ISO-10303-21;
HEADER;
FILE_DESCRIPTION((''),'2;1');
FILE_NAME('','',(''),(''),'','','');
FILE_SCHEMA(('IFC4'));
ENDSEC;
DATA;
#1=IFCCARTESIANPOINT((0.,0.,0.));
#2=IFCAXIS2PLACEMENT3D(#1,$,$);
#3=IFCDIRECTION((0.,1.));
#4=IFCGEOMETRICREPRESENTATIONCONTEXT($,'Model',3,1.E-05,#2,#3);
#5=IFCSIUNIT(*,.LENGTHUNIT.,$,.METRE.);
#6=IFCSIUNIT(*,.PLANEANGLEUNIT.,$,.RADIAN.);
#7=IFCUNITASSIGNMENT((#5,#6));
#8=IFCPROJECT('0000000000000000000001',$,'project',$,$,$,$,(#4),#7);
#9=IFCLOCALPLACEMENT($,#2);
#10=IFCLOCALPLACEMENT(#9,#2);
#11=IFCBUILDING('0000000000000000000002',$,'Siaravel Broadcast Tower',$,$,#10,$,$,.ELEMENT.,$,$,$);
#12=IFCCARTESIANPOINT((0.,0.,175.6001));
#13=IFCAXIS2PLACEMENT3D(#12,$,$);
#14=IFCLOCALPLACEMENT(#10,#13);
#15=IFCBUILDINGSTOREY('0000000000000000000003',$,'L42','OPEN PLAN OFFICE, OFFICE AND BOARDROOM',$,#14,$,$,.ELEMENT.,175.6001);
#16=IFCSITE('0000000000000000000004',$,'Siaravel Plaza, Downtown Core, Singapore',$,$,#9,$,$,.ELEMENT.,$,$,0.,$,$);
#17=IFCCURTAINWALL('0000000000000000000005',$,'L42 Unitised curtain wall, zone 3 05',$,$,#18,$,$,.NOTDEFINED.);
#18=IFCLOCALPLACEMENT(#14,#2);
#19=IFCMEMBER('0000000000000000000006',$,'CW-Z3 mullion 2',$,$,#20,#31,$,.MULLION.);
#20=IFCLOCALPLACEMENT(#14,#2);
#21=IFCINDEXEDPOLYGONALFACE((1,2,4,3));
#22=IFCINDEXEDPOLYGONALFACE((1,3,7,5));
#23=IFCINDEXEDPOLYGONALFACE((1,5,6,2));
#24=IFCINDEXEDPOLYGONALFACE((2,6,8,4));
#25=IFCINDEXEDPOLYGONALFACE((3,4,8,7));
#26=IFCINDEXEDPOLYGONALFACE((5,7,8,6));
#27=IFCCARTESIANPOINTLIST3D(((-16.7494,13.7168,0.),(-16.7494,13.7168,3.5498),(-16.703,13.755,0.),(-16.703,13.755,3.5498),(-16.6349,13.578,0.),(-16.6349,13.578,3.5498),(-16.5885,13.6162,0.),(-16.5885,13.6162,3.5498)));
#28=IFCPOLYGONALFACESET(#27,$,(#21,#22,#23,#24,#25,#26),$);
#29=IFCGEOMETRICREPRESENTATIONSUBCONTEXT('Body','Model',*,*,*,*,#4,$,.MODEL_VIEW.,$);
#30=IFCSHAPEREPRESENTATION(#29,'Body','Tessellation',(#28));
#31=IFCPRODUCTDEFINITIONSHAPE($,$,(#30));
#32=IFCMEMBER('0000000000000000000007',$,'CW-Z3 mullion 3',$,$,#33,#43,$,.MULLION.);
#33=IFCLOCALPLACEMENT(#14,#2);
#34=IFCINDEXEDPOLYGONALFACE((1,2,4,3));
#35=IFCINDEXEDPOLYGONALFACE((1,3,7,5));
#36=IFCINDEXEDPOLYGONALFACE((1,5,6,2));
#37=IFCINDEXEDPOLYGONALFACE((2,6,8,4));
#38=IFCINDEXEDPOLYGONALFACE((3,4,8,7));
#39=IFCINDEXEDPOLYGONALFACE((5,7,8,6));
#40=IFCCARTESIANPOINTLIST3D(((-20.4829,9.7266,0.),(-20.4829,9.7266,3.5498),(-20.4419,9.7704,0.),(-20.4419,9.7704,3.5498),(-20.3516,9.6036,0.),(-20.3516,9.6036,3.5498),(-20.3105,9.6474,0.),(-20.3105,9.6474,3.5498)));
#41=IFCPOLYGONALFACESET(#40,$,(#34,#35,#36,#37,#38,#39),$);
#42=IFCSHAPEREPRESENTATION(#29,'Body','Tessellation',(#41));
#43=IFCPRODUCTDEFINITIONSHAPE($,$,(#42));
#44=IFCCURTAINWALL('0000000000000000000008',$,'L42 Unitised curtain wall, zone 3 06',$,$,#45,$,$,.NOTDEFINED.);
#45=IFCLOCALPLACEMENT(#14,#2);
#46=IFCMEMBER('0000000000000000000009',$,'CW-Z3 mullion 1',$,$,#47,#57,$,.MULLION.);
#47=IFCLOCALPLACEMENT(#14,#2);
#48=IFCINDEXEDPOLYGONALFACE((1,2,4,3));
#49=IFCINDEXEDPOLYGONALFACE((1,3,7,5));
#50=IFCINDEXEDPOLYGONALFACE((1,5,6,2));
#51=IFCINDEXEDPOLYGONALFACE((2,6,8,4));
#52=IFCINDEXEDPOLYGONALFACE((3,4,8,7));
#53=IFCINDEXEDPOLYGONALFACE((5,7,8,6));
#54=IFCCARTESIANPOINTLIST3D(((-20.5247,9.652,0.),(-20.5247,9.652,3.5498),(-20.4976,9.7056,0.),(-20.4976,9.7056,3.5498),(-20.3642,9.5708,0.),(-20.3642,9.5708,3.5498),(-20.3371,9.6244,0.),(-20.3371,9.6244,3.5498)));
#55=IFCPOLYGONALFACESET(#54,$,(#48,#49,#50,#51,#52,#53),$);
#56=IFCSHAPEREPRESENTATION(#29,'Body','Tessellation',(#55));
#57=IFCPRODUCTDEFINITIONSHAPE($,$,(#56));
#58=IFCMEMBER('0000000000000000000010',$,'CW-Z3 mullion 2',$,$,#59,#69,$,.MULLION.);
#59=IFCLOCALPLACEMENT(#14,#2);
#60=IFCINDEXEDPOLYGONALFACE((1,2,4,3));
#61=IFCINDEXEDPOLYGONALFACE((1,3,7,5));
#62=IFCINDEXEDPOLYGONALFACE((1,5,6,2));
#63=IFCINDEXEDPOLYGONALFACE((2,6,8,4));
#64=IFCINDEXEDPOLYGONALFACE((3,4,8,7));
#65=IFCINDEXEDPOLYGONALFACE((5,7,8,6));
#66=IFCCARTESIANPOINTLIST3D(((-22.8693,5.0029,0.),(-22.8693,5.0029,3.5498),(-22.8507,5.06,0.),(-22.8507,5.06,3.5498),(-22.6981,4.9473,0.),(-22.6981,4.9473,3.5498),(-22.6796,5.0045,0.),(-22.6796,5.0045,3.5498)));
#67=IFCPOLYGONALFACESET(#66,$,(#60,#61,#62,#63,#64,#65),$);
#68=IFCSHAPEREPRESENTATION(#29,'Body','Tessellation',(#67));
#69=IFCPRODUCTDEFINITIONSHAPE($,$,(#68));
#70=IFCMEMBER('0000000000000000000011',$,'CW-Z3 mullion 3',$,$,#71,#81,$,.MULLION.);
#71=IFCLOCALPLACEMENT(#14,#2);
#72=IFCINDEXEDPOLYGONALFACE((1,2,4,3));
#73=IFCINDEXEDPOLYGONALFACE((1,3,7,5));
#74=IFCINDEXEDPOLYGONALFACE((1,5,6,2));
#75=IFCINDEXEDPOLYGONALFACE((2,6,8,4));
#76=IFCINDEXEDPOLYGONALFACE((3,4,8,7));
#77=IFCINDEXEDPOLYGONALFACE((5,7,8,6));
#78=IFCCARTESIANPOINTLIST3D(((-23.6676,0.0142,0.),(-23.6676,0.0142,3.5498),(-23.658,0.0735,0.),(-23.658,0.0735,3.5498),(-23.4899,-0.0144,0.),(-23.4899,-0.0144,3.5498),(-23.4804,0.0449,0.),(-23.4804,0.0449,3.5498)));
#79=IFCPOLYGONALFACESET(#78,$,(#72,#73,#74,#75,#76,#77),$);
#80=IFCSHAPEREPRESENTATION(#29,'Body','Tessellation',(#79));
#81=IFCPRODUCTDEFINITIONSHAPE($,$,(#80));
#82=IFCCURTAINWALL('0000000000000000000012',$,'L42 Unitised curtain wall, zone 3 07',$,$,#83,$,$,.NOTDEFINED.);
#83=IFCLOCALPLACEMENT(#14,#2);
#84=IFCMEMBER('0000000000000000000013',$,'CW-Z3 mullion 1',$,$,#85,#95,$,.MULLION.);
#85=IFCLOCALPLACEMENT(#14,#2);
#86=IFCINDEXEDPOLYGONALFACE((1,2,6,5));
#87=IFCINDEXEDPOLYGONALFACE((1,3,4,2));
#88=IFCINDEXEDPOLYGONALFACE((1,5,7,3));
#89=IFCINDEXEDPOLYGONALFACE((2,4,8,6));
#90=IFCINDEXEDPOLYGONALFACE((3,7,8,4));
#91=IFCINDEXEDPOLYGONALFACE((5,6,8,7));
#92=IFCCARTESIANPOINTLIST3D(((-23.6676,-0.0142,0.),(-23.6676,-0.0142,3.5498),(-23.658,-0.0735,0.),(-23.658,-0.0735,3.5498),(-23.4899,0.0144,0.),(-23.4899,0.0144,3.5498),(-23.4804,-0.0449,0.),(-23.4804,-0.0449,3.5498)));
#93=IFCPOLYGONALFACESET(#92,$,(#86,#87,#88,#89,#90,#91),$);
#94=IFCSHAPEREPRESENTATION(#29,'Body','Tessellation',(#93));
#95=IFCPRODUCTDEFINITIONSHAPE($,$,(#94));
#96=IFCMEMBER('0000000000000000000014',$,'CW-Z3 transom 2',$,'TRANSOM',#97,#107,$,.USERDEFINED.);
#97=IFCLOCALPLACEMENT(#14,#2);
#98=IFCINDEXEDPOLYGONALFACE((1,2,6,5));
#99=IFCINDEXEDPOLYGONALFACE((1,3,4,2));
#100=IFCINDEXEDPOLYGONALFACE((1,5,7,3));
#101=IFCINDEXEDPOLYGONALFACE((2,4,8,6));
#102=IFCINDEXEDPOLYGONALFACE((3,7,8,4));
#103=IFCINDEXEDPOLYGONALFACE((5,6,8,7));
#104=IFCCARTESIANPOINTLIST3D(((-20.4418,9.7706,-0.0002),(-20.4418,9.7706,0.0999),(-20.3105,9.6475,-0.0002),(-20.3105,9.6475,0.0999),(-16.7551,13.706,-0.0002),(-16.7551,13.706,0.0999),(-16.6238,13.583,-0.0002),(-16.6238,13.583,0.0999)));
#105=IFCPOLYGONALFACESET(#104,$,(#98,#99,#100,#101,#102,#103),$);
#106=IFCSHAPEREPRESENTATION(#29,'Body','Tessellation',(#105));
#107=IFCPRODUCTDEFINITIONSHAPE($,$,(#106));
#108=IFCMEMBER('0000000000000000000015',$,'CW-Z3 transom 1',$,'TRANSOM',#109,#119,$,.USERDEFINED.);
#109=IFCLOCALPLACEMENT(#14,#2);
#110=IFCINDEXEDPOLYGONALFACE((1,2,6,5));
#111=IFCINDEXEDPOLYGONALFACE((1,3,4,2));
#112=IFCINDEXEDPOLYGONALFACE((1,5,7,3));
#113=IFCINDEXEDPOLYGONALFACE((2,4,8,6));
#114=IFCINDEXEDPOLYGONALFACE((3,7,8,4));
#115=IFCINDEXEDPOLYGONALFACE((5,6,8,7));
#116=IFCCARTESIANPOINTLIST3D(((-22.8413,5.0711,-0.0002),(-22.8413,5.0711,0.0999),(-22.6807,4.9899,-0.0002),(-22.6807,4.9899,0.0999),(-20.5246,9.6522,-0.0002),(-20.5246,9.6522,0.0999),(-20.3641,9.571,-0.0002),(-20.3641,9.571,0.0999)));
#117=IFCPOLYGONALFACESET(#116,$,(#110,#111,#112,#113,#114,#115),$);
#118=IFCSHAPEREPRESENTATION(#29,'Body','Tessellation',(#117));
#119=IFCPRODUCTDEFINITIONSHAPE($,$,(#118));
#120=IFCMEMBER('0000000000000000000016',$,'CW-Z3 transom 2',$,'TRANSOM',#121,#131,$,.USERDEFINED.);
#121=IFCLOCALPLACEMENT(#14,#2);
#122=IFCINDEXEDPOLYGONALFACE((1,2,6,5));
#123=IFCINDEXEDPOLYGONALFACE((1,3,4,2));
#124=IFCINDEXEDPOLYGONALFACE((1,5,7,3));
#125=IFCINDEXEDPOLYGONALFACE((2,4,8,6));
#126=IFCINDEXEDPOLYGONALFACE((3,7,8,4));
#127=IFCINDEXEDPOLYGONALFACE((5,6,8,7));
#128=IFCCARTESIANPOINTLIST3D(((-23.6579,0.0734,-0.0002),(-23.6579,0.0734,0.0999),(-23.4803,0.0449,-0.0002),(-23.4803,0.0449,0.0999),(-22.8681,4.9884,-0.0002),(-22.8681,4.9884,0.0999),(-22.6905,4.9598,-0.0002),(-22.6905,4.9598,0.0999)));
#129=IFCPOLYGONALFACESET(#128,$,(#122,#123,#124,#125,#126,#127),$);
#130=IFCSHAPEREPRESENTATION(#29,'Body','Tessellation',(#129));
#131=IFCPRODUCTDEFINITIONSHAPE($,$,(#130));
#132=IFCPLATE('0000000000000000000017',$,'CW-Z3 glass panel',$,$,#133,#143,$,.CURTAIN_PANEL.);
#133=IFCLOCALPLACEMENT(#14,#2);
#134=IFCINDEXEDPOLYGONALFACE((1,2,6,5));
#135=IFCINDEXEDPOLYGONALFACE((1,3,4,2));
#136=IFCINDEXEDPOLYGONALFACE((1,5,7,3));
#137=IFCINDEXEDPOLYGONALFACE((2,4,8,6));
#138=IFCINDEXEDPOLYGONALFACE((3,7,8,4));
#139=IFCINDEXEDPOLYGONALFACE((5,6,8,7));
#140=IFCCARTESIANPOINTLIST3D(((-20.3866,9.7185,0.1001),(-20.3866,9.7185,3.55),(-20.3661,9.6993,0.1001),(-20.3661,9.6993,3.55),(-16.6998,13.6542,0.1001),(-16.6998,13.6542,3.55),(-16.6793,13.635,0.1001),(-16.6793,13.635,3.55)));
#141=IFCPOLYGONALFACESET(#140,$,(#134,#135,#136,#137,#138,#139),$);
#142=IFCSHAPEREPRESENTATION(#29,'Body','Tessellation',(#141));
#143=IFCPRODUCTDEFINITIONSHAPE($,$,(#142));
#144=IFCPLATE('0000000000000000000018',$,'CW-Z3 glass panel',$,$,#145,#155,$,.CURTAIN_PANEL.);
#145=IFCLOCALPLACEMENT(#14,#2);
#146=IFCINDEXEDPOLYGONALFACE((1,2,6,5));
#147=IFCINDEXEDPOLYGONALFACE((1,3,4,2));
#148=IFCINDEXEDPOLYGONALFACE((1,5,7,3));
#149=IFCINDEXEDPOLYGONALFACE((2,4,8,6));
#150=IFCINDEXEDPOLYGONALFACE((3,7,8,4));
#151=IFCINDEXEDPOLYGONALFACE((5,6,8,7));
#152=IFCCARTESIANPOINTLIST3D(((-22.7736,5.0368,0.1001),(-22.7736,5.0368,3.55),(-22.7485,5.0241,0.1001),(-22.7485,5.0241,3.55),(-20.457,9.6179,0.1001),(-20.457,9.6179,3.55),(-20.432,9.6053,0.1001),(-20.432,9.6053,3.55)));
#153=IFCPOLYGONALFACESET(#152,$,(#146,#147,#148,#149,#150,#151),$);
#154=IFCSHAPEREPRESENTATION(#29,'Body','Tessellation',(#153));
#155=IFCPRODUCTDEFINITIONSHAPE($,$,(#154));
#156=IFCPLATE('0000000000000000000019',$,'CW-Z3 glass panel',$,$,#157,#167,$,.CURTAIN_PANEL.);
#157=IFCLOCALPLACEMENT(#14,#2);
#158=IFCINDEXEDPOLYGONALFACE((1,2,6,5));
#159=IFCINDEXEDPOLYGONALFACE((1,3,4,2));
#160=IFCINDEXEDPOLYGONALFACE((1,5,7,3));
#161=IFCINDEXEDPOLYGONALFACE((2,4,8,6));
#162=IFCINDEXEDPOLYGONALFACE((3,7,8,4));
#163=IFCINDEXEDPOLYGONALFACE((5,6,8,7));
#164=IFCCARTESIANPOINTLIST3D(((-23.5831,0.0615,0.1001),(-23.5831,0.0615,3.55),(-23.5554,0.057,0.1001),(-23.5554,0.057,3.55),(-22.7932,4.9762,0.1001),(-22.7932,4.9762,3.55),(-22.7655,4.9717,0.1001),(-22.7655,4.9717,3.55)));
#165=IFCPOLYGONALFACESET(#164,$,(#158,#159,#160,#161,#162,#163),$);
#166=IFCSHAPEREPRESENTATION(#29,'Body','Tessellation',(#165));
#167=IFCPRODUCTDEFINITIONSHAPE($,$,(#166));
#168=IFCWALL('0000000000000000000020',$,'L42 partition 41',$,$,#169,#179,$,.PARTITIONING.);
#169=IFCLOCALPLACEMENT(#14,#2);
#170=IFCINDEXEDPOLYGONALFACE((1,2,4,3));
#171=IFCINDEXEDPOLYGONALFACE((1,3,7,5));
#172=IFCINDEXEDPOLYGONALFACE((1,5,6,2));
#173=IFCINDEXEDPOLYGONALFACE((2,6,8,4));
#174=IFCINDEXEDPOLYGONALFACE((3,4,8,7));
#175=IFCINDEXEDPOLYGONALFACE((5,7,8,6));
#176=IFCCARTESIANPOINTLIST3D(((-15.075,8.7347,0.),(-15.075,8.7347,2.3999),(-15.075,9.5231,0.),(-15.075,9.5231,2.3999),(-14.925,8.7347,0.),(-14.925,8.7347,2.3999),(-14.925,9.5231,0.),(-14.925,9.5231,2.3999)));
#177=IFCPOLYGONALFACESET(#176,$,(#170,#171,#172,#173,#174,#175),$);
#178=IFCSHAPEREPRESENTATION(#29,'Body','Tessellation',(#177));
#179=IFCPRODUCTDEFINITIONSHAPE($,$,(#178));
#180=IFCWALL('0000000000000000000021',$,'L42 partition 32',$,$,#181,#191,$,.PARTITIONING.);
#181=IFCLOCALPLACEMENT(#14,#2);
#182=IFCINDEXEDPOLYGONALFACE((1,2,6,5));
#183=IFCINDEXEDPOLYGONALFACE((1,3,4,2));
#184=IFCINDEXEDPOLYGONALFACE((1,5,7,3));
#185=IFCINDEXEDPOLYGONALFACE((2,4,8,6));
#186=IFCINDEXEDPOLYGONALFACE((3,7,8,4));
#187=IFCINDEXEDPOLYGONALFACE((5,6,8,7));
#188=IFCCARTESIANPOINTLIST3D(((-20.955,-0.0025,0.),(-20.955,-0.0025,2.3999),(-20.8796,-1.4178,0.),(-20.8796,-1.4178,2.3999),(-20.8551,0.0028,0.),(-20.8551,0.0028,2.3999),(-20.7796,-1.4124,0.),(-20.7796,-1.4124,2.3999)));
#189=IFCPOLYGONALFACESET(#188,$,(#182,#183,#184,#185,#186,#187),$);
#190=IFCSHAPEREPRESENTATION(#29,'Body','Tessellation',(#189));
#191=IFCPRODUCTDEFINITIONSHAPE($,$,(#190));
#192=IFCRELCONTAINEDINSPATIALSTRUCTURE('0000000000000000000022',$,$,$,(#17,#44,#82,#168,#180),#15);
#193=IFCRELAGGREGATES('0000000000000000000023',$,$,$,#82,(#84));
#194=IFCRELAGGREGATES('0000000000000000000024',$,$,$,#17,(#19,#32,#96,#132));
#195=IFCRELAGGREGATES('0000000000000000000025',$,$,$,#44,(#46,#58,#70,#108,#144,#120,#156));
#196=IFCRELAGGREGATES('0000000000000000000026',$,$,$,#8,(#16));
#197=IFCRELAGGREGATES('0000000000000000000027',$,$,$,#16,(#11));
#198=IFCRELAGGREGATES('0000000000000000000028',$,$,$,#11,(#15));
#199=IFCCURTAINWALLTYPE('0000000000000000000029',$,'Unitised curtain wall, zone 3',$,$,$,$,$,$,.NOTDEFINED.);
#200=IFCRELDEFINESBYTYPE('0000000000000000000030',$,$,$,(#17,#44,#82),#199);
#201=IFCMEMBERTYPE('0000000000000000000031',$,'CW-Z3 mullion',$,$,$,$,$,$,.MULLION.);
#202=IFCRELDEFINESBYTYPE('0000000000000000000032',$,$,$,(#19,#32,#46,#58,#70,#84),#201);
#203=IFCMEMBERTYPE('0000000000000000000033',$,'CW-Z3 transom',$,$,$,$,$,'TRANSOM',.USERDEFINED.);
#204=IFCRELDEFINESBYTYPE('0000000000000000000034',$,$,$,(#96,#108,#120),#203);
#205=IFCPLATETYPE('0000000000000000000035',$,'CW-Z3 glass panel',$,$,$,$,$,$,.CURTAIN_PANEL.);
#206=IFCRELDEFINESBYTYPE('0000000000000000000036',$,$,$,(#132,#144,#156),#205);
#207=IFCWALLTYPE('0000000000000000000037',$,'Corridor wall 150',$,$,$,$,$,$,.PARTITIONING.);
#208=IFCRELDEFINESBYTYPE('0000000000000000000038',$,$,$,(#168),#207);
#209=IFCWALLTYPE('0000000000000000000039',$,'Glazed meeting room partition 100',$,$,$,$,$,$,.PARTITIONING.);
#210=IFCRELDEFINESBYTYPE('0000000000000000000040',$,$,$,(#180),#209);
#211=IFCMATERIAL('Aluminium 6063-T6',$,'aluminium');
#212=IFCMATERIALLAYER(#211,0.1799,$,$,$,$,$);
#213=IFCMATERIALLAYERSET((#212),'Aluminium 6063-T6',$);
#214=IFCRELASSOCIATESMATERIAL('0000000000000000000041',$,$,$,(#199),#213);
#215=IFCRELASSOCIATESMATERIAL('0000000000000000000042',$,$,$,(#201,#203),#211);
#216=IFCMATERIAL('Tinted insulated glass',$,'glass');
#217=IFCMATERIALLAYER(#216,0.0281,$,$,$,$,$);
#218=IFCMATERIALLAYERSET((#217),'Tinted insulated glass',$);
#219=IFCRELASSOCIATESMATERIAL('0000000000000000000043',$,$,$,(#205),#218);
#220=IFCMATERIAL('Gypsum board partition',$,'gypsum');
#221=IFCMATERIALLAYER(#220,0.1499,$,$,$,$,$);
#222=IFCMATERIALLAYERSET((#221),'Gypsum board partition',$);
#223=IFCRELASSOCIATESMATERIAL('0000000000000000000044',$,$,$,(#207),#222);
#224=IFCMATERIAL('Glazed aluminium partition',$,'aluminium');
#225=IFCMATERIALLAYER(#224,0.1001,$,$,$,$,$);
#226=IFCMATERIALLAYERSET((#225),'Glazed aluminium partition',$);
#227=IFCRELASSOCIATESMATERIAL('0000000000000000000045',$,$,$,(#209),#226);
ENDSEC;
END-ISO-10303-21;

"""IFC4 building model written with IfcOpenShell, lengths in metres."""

from ifc_helpers import new_model, si_unit, direction, frame, frame_2d, origin, origin_2d, place, context, subcontext, project, spatial, rectangle, extrude, material, layer, layer_set, material_profile, profile_set, type_object, element, aggregate, save


model = new_model("IFC4")

# Units and contexts
model_context = context("Model", 3, precision=1e-05, world=origin(), true_north=direction((0.0, 1.0)))
body_context = subcontext(model_context, "Body", "Model", "MODEL_VIEW")
ifc_project = project(units=[si_unit("LENGTHUNIT", "METRE"), si_unit("PLANEANGLEUNIT", "RADIAN")], contexts=[model_context])

# Site, building, storey
site_placement = place(None, origin())
site = spatial("IfcSite", under=ifc_project, at=site_placement, Name="Siaravel Plaza, Downtown Core, Singapore", CompositionType="ELEMENT", RefElevation=0.0)
building_placement = place(site_placement, origin())
building = spatial("IfcBuilding", under=site, at=building_placement, Name="Siaravel Broadcast Tower", CompositionType="ELEMENT")
storey_placement = place(building_placement, frame((0.0, 0.0, 175.6001)))
storey = spatial("IfcBuildingStorey", under=building, at=storey_placement, Name="L42", Description="OPEN PLAN OFFICE, OFFICE AND BOARDROOM", CompositionType="ELEMENT", Elevation=175.6001)

# Curtain walls, members
ifc_material_1 = material(Name="Aluminium 6063-T6", Category="aluminium")
ifc_layer_1 = layer(ifc_material_1, 0.1799)
ifc_layer_set_1 = layer_set([ifc_layer_1], Name="Aluminium 6063-T6")
curtain_wall_type = type_object("IfcCurtainWallType", Name="Unitised curtain wall, zone 3", PredefinedType="NOTDEFINED", material=ifc_layer_set_1)
curtain_wall_1_placement = place(storey_placement, origin())
curtain_wall_1 = element("IfcCurtainWall", 1, at=curtain_wall_1_placement, inside=storey, type_object=curtain_wall_type, Name="L42 Unitised curtain wall, zone 3 05", PredefinedType="NOTDEFINED")
ifc_material_profile_1 = material_profile(ifc_material_1, rectangle(XDim=0.1799, YDim=0.0601, at=origin_2d()))
ifc_profile_set_1 = profile_set([ifc_material_profile_1], Name="Aluminium 6063-T6")
member_type_1 = type_object("IfcMemberType", Name="CW-Z3 mullion", PredefinedType="MULLION", material=ifc_profile_set_1)
member_1_placement = place(storey_placement, frame((-16.6689, 13.6665, 0.0), z_axis=(0.0, 0.0, 1.0), x_axis=(0.636218, -0.771509, 0.0)))
member_1 = element("IfcMember", 2, at=member_1_placement, type_object=member_type_1, Name="CW-Z3 mullion 2", PredefinedType="MULLION", context=body_context, shape_type="SweptSolid", body=[
    extrude(rectangle(XDim=0.1799, YDim=0.0601, at=origin_2d()), origin(), (0.0, 0.0, 1.0), 3.5498),
])
member_2_placement = place(storey_placement, frame((-20.3967, 9.687, 0.0), z_axis=(0.0, 0.0, 1.0), x_axis=(0.729805, -0.683655, 0.0)))
member_2 = element("IfcMember", 3, at=member_2_placement, type_object=member_type_1, Name="CW-Z3 mullion 3", PredefinedType="MULLION", context=body_context, shape_type="SweptSolid", body=[
    extrude(rectangle(XDim=0.1799, YDim=0.0601, at=origin_2d()), origin(), (0.0, 0.0, 1.0), 3.5498),
])
curtain_wall_2_placement = place(storey_placement, origin())
curtain_wall_2 = element("IfcCurtainWall", 4, at=curtain_wall_2_placement, inside=storey, type_object=curtain_wall_type, Name="L42 Unitised curtain wall, zone 3 06", PredefinedType="NOTDEFINED")
member_3_placement = place(storey_placement, frame((-20.4309, 9.6382, 0.0), z_axis=(0.0, 0.0, 1.0), x_axis=(0.892392, -0.451261, 0.0)))
member_3 = element("IfcMember", 5, at=member_3_placement, type_object=member_type_1, Name="CW-Z3 mullion 1", PredefinedType="MULLION", context=body_context, shape_type="SweptSolid", body=[
    extrude(rectangle(XDim=0.1799, YDim=0.0601, at=origin_2d()), origin(), (0.0, 0.0, 1.0), 3.5498),
])
member_4_placement = place(storey_placement, frame((-22.7744, 5.0037, 0.0), z_axis=(0.0, 0.0, 1.0), x_axis=(0.951177, -0.308646, 0.0)))
member_4 = element("IfcMember", 6, at=member_4_placement, type_object=member_type_1, Name="CW-Z3 mullion 2", PredefinedType="MULLION", context=body_context, shape_type="SweptSolid", body=[
    extrude(rectangle(XDim=0.1799, YDim=0.0601, at=origin_2d()), origin(), (0.0, 0.0, 1.0), 3.5498),
])
member_5_placement = place(storey_placement, frame((-23.574, 0.0295, 0.0), z_axis=(0.0, 0.0, 1.0), x_axis=(0.987329, -0.158686, 0.0)))
member_5 = element("IfcMember", 7, at=member_5_placement, type_object=member_type_1, Name="CW-Z3 mullion 3", PredefinedType="MULLION", context=body_context, shape_type="SweptSolid", body=[
    extrude(rectangle(XDim=0.1799, YDim=0.0601, at=origin_2d()), origin(), (0.0, 0.0, 1.0), 3.5498),
])

# Curtain wall, member
curtain_wall_3_placement = place(storey_placement, origin())
curtain_wall_3 = element("IfcCurtainWall", 8, at=curtain_wall_3_placement, inside=storey, type_object=curtain_wall_type, Name="L42 Unitised curtain wall, zone 3 07", PredefinedType="NOTDEFINED")
member_6_placement = place(storey_placement, frame((-23.574, -0.0295, 0.0), z_axis=(0.0, 0.0, 1.0), x_axis=(0.987329, 0.158686, 0.0)))
member_6 = element("IfcMember", 9, at=member_6_placement, type_object=member_type_1, Name="CW-Z3 mullion 1", PredefinedType="MULLION", context=body_context, shape_type="SweptSolid", body=[
    extrude(rectangle(XDim=0.1799, YDim=0.0601, at=origin_2d()), origin(), (0.0, 0.0, 1.0), 3.5498),
])
aggregate(curtain_wall_3, [member_6])

# Members
ifc_material_profile_2 = material_profile(ifc_material_1, rectangle(XDim=0.1799, YDim=0.1001, at=origin_2d()))
ifc_profile_set_2 = profile_set([ifc_material_profile_2], Name="Aluminium 6063-T6")
member_type_2 = type_object("IfcMemberType", Name="CW-Z3 transom", ElementType="TRANSOM", PredefinedType="USERDEFINED", material=ifc_profile_set_2)
member_7_placement = place(storey_placement, frame((-16.6895, 13.6445, 0.0498), z_axis=(-0.683664, -0.729797, 0.0), x_axis=(0.729797, -0.683664, 0.0)))
member_7 = element("IfcMember", 10, at=member_7_placement, type_object=member_type_2, Name="CW-Z3 transom 2", ObjectType="TRANSOM", PredefinedType="USERDEFINED", context=body_context, shape_type="SweptSolid", body=[
    extrude(rectangle(XDim=0.1799, YDim=0.1001, at=origin_2d()), origin(), (0.0, 0.0, 1.0), 5.3926),
])
member_8_placement = place(storey_placement, frame((-20.4443, 9.6116, 0.0498), z_axis=(-0.45128, -0.892382, 0.0), x_axis=(0.892382, -0.45128, 0.0)))
member_8 = element("IfcMember", 11, at=member_8_placement, type_object=member_type_2, Name="CW-Z3 transom 1", ObjectType="TRANSOM", PredefinedType="USERDEFINED", context=body_context, shape_type="SweptSolid", body=[
    extrude(rectangle(XDim=0.1799, YDim=0.1001, at=origin_2d()), origin(), (0.0, 0.0, 1.0), 5.1335),
])
member_9_placement = place(storey_placement, frame((-22.7793, 4.9741, 0.0498), z_axis=(-0.158654, -0.987334, 0.0), x_axis=(0.987334, -0.158654, 0.0)))
member_9 = element("IfcMember", 12, at=member_9_placement, type_object=member_type_2, Name="CW-Z3 transom 2", ObjectType="TRANSOM", PredefinedType="USERDEFINED", context=body_context, shape_type="SweptSolid", body=[
    extrude(rectangle(XDim=0.1799, YDim=0.1001, at=origin_2d()), origin(), (0.0, 0.0, 1.0), 4.978),
])

# Plates
ifc_material_2 = material(Name="Tinted insulated glass", Category="glass")
ifc_layer_2 = layer(ifc_material_2, 0.0281)
ifc_layer_set_2 = layer_set([ifc_layer_2], Name="Tinted insulated glass")
plate_type = type_object("IfcPlateType", Name="CW-Z3 glass panel", PredefinedType="CURTAIN_PANEL", material=ifc_layer_set_2)
plate_1_placement = place(storey_placement, frame((-18.533, 11.6768, 0.1001), z_axis=(0.0, 0.0, 1.0), x_axis=(-0.683655, -0.729805, 0.0)))
plate_1 = element("IfcPlate", 13, at=plate_1_placement, type_object=plate_type, Name="CW-Z3 glass panel", PredefinedType="CURTAIN_PANEL", context=body_context, shape_type="SweptSolid", body=[
    extrude(rectangle(XDim=5.3928, YDim=0.0281, at=origin_2d()), origin(), (0.0, 0.0, 1.0), 3.45),
])
aggregate(curtain_wall_1, [member_1, member_2, member_7, plate_1])
plate_2_placement = place(storey_placement, frame((-21.6028, 7.321, 0.1001), z_axis=(0.0, 0.0, 1.0), x_axis=(-0.451261, -0.892392, 0.0)))
plate_2 = element("IfcPlate", 14, at=plate_2_placement, type_object=plate_type, Name="CW-Z3 glass panel", PredefinedType="CURTAIN_PANEL", context=body_context, shape_type="SweptSolid", body=[
    extrude(rectangle(XDim=5.1335, YDim=0.0281, at=origin_2d()), origin(), (0.0, 0.0, 1.0), 3.45),
])
plate_3_placement = place(storey_placement, frame((-23.1743, 2.5166, 0.1001), z_axis=(0.0, 0.0, 1.0), x_axis=(-0.158686, -0.987329, 0.0)))
plate_3 = element("IfcPlate", 15, at=plate_3_placement, type_object=plate_type, Name="CW-Z3 glass panel", PredefinedType="CURTAIN_PANEL", context=body_context, shape_type="SweptSolid", body=[
    extrude(rectangle(XDim=4.9778, YDim=0.0281, at=origin_2d()), origin(), (0.0, 0.0, 1.0), 3.45),
])
aggregate(curtain_wall_2, [member_3, member_4, member_5, member_8, plate_2, member_9, plate_3])

# Wall
ifc_material_3 = material(Name="Gypsum board partition", Category="gypsum")
ifc_layer_3 = layer(ifc_material_3, 0.1499)
ifc_layer_set_3 = layer_set([ifc_layer_3], Name="Gypsum board partition")
wall_type_1 = type_object("IfcWallType", Name="Corridor wall 150", PredefinedType="PARTITIONING", material=ifc_layer_set_3)
wall_1_placement = place(storey_placement, frame((-15.0, 9.5229, 0.0), z_axis=(0.0, 0.0, 1.0), x_axis=(0.0, -1.0, 0.0)))
element("IfcWall", 16, at=wall_1_placement, inside=storey, type_object=wall_type_1, Name="L42 partition 41", PredefinedType="PARTITIONING", context=body_context, shape_type="SweptSolid", body=[
    extrude(rectangle(XDim=0.7883, YDim=0.1499, at=frame_2d((0.394, 0.0))), origin(), (0.0, 0.0, 1.0), 2.3999),
])

# Shared definitions
ifc_material_4 = material(Name="Glazed aluminium partition", Category="aluminium")
ifc_layer_4 = layer(ifc_material_4, 0.1001)
ifc_layer_set_4 = layer_set([ifc_layer_4], Name="Glazed aluminium partition")
wall_type_2 = type_object("IfcWallType", Name="Glazed meeting room partition 100", PredefinedType="PARTITIONING", material=ifc_layer_set_4)

# Wall
wall_2_placement = place(storey_placement, frame((-20.905, 0.0, 0.0), z_axis=(0.0, 0.0, 1.0), x_axis=(0.053228, -0.998582, 0.0)))
element("IfcWall", 17, at=wall_2_placement, inside=storey, type_object=wall_type_2, Name="L42 partition 32", PredefinedType="PARTITIONING", context=body_context, shape_type="SweptSolid", body=[
    extrude(rectangle(XDim=1.4172, YDim=0.1001, at=frame_2d((0.7085, 0.0))), origin(), (0.0, 0.0, 1.0), 2.3999),
])

save(model, "model.ifc")
